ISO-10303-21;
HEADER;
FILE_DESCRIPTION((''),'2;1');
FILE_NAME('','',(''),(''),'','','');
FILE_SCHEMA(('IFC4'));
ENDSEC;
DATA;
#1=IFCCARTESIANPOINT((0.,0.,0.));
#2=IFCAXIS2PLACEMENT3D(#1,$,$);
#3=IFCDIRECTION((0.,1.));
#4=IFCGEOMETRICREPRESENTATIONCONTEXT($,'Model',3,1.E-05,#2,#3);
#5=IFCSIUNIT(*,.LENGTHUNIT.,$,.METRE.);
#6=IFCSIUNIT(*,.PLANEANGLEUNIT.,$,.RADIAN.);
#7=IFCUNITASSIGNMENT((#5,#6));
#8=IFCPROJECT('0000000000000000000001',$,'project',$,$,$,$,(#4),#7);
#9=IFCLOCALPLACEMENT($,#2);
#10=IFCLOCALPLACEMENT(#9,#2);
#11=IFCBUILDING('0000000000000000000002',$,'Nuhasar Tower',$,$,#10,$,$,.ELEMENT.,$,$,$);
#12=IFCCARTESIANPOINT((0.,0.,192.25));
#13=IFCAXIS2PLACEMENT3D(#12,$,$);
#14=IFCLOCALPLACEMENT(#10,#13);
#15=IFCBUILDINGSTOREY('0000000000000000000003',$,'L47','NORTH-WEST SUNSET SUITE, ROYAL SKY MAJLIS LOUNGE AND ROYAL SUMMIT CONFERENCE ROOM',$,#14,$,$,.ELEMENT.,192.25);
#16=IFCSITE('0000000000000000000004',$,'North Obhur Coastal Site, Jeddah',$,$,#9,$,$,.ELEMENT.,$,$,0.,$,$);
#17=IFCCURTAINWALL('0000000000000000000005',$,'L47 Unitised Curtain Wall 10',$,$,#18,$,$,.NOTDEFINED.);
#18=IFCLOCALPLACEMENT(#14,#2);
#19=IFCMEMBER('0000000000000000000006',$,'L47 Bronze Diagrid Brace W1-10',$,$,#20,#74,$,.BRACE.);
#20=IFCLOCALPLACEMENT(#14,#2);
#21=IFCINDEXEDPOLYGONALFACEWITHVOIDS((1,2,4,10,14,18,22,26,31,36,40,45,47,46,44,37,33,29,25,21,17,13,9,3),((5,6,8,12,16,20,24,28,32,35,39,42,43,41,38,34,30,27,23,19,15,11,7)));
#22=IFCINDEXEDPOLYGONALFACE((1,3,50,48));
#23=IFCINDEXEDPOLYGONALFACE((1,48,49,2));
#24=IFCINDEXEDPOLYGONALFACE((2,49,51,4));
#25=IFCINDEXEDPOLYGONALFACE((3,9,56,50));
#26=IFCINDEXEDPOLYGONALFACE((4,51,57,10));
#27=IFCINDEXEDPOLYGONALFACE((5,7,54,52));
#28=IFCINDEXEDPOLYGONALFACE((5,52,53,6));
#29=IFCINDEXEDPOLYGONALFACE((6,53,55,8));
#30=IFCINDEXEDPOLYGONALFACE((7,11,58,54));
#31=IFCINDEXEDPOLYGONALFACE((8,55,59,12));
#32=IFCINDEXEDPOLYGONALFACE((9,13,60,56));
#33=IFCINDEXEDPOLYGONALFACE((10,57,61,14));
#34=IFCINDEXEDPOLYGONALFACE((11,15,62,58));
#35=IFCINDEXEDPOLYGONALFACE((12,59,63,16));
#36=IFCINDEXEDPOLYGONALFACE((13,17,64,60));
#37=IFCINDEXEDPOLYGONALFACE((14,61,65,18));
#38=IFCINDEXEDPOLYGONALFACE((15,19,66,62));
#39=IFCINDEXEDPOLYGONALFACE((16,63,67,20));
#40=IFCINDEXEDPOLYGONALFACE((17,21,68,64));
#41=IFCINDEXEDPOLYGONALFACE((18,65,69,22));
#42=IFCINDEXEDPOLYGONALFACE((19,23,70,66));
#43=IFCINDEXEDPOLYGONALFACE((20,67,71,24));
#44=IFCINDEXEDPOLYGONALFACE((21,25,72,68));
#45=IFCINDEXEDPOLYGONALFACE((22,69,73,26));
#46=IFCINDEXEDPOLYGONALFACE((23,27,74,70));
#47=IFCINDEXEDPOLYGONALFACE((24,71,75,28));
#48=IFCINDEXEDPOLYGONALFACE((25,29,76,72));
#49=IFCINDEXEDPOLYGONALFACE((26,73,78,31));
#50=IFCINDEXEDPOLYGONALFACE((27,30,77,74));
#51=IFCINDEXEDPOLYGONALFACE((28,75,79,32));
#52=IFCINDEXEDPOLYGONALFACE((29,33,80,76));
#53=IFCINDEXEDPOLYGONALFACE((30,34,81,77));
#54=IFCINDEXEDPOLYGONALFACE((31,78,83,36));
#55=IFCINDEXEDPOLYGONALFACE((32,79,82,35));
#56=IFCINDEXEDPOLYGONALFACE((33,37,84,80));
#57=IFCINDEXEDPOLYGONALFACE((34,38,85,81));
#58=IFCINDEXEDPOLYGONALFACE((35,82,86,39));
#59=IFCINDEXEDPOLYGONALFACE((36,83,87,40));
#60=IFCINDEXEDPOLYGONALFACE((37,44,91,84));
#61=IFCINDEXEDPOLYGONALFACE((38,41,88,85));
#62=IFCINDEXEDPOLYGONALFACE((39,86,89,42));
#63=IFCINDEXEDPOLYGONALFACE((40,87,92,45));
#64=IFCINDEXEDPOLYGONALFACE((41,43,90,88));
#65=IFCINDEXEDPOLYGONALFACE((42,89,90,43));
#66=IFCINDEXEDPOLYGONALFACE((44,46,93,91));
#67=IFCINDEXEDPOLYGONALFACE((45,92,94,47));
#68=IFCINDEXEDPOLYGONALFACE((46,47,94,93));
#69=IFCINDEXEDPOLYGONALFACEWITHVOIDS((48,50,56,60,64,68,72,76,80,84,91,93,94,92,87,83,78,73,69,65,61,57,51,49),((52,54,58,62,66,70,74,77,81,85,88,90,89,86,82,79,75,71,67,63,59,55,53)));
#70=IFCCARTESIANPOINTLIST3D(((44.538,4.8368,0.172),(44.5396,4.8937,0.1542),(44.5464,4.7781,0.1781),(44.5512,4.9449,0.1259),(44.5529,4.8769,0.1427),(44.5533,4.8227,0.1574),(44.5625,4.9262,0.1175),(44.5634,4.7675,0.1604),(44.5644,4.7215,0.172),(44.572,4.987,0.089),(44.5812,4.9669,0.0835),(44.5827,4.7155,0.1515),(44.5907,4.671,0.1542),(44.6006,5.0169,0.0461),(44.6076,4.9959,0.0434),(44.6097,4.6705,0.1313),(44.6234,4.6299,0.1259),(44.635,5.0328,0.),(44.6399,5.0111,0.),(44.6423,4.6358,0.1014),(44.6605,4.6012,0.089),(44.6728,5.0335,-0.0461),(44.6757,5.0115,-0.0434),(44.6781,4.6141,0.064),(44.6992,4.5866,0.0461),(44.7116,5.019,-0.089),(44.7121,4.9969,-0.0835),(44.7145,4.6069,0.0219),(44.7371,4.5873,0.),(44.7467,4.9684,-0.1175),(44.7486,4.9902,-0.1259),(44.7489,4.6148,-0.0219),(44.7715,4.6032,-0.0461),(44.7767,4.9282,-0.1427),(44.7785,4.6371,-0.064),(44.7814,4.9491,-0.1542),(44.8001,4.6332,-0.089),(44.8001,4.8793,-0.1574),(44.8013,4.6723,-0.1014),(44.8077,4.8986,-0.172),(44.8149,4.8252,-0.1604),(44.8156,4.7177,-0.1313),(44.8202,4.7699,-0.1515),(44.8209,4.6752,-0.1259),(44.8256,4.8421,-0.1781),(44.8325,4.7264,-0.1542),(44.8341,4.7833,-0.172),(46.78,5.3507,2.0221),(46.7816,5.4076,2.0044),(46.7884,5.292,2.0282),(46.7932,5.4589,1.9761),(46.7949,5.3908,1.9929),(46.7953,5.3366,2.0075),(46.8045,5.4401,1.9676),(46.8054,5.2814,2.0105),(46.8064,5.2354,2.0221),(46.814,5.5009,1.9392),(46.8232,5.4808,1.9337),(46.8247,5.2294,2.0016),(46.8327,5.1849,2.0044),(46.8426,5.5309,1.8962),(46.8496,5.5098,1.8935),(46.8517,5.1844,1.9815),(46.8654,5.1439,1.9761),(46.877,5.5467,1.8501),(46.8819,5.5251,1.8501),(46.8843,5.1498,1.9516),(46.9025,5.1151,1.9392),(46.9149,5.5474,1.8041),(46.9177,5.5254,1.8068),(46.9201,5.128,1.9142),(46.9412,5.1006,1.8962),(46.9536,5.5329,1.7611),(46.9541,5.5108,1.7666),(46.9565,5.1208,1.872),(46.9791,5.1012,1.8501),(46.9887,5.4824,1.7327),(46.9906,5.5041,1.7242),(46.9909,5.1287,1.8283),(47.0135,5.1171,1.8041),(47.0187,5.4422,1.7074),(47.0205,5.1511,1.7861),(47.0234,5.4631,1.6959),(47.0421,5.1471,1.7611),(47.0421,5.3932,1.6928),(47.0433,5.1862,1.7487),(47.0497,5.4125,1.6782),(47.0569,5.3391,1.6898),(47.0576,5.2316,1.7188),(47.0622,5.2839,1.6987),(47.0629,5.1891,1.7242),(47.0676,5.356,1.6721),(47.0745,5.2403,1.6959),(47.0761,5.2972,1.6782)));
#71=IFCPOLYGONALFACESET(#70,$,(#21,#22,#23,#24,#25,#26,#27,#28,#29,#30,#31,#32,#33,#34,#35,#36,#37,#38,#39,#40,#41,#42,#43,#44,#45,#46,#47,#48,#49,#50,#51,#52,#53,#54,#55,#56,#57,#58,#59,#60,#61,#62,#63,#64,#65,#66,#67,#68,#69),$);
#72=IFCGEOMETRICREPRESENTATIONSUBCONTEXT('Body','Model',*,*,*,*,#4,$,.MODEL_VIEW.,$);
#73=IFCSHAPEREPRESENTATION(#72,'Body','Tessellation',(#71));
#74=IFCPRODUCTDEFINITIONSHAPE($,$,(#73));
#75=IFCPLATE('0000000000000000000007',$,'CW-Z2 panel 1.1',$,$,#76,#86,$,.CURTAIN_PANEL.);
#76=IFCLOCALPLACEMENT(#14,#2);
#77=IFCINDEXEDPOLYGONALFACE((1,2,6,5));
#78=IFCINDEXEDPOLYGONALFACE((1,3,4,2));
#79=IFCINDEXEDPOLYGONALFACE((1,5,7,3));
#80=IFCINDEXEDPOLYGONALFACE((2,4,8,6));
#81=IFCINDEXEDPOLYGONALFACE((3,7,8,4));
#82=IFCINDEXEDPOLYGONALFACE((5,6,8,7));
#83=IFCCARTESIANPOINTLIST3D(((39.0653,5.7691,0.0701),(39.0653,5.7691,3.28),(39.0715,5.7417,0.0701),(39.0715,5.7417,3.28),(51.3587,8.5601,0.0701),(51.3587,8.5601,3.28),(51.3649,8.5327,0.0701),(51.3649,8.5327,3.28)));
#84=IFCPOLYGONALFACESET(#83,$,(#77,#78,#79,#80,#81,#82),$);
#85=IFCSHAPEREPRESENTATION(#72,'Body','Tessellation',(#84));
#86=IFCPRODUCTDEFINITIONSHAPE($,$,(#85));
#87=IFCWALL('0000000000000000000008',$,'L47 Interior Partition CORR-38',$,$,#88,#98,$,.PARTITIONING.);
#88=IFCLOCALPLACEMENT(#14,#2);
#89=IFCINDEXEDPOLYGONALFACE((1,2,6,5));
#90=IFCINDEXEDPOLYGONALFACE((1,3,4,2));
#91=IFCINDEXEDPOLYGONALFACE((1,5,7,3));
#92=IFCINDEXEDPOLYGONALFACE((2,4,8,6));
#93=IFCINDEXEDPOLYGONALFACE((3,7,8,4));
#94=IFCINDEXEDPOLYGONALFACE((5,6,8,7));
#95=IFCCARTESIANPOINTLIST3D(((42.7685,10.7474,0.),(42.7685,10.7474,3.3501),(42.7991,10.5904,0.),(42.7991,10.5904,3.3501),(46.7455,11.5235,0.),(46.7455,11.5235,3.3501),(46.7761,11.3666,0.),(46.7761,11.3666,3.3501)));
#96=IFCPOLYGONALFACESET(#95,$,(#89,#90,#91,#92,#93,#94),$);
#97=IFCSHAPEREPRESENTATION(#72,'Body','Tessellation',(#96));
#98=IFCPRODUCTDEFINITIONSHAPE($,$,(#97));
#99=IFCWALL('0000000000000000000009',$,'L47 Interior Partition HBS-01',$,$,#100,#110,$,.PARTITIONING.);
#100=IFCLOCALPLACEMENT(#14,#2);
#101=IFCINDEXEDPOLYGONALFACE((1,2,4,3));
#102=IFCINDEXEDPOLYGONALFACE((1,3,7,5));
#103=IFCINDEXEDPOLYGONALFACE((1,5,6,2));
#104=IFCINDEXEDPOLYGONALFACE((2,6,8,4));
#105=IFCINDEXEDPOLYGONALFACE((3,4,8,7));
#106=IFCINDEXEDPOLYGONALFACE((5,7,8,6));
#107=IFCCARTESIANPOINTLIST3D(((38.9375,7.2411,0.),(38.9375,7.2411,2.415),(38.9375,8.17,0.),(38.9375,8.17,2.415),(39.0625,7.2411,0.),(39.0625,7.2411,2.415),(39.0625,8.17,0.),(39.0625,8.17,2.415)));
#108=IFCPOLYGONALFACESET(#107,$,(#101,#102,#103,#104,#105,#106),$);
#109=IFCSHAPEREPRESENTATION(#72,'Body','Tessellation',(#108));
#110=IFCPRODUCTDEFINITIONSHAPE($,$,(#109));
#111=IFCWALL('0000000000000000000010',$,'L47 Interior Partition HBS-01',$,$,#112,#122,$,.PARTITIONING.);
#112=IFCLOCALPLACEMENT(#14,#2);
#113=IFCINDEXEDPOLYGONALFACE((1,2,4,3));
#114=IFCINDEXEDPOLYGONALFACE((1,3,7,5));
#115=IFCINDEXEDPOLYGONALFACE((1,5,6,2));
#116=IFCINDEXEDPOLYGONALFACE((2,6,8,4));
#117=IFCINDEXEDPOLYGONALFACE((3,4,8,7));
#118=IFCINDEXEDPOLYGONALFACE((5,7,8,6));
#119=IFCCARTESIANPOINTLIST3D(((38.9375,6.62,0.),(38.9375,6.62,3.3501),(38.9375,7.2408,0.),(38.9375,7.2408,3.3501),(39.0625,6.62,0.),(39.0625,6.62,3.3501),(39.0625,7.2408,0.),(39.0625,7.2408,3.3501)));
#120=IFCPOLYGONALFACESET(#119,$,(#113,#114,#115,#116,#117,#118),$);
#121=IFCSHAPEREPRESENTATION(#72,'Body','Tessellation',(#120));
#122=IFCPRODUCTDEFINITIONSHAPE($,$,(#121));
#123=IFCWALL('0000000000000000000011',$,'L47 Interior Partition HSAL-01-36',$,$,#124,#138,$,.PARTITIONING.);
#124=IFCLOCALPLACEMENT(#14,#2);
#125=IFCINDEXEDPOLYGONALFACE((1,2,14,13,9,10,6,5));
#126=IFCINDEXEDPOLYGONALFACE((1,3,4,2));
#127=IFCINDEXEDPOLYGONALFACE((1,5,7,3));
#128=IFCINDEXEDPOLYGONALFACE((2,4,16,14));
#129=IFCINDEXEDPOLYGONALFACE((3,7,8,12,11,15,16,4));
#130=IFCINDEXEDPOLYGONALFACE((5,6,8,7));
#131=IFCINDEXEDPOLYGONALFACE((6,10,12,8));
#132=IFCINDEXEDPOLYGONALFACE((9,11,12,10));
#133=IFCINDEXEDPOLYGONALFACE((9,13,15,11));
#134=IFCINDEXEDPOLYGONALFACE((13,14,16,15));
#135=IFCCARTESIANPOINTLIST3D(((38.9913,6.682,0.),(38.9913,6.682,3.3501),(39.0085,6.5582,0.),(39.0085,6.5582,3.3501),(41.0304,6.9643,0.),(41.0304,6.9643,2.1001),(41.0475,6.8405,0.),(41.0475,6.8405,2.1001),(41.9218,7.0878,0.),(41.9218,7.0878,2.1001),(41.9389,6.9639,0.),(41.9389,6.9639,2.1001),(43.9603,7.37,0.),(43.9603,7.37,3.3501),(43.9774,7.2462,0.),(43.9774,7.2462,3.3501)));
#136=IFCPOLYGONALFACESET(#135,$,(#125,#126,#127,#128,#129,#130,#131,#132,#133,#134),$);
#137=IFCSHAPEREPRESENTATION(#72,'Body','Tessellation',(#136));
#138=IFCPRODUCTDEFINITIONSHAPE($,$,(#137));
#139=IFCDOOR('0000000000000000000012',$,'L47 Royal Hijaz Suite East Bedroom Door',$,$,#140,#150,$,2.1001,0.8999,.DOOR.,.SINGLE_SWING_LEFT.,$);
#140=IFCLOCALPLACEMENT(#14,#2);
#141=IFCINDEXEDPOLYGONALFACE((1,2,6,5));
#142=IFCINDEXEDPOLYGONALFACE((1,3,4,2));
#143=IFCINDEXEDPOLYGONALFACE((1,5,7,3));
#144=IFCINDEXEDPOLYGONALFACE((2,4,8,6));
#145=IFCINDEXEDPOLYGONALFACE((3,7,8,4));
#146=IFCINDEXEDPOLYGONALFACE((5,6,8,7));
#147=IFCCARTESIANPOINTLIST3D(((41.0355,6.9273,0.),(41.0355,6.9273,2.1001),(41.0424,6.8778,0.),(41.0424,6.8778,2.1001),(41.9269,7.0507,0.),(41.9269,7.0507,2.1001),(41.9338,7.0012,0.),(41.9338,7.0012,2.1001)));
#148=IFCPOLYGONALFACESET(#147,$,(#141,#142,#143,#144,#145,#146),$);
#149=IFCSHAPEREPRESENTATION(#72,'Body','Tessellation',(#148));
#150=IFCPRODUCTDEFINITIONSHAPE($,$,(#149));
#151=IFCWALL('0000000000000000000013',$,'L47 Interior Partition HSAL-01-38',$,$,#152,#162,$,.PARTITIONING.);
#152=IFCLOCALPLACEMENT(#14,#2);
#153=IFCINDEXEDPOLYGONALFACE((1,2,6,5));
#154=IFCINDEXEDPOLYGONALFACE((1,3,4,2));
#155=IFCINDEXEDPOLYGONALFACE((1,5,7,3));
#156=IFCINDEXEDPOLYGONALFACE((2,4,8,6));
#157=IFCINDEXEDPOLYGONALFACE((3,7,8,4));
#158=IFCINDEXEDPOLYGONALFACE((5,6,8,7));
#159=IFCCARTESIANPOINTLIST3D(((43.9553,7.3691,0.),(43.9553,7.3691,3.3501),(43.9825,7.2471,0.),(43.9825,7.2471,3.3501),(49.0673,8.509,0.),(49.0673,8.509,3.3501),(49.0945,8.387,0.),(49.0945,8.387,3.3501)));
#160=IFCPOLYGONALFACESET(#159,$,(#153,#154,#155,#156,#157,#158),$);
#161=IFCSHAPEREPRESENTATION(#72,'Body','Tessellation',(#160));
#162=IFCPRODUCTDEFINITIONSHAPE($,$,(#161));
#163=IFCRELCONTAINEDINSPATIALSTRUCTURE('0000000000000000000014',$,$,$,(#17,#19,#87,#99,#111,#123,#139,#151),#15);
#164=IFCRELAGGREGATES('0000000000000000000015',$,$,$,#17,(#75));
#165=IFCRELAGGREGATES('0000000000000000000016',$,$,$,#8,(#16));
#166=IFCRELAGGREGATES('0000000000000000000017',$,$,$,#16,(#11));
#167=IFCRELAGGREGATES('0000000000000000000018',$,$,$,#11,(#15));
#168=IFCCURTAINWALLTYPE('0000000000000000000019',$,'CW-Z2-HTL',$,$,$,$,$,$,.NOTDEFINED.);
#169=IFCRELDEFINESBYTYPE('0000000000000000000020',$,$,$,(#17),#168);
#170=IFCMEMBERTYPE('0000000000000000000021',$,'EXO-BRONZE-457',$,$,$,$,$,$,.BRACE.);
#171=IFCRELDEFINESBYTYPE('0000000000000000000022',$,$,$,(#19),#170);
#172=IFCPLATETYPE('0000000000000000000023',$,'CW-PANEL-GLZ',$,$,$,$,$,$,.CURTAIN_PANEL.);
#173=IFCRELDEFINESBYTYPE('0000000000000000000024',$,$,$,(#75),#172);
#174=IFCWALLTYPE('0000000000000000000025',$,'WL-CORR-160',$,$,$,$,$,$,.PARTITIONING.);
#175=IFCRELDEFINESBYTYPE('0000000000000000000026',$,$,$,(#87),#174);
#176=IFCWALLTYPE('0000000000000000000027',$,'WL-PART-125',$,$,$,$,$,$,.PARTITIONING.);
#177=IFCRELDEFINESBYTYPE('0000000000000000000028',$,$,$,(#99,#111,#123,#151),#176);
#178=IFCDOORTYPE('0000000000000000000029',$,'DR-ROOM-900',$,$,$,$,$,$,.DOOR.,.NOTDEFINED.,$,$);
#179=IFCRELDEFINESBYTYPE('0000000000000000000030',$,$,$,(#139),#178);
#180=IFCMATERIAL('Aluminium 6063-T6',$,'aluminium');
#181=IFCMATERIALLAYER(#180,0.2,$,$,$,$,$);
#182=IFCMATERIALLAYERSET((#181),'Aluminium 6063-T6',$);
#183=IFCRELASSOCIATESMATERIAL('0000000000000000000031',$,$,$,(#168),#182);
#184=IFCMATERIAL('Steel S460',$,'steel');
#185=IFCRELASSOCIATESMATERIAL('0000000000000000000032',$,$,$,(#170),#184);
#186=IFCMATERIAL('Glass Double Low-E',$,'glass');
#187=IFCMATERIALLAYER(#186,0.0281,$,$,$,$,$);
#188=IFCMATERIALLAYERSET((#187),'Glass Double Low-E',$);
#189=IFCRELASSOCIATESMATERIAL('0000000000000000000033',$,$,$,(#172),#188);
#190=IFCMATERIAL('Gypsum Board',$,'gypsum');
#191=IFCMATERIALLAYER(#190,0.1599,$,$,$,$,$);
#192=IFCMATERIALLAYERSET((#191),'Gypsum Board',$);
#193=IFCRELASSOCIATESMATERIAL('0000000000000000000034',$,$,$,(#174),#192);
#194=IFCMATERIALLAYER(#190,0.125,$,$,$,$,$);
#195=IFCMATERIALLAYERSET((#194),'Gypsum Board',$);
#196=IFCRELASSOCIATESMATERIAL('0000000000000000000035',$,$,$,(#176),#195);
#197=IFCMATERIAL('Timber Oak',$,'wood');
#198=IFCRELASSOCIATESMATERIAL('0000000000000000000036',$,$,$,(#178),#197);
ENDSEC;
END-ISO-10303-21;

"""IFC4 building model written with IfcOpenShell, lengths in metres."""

from ifc_helpers import new_model, si_unit, direction, frame, frame_2d, origin, origin_2d, place, context, subcontext, project, spatial, rectangle, hollow_circle, extrude, material, layer, layer_set, material_profile, profile_set, type_object, element, fill, aggregate, save


model = new_model("IFC4")

# Units and contexts
model_context = context("Model", 3, precision=1e-05, world=origin(), true_north=direction((0.0, 1.0)))
body_context = subcontext(model_context, "Body", "Model", "MODEL_VIEW")
ifc_project = project(units=[si_unit("LENGTHUNIT", "METRE"), si_unit("PLANEANGLEUNIT", "RADIAN")], contexts=[model_context])

# Site, building, storey
site_placement = place(None, origin())
site = spatial("IfcSite", under=ifc_project, at=site_placement, Name="North Obhur Coastal Site, Jeddah", CompositionType="ELEMENT", RefElevation=0.0)
building_placement = place(site_placement, origin())
building = spatial("IfcBuilding", under=site, at=building_placement, Name="Nuhasar Tower", CompositionType="ELEMENT")
storey_placement = place(building_placement, frame((0.0, 0.0, 192.25)))
storey = spatial("IfcBuildingStorey", under=building, at=storey_placement, Name="L47", Description="NORTH-WEST SUNSET SUITE, ROYAL SKY MAJLIS LOUNGE AND ROYAL SUMMIT CONFERENCE ROOM", CompositionType="ELEMENT", Elevation=192.25)

# Shared definitions
ifc_material_1 = material(Name="Aluminium 6063-T6", Category="aluminium")
ifc_layer_1 = layer(ifc_material_1, 0.2)
ifc_layer_set_1 = layer_set([ifc_layer_1], Name="Aluminium 6063-T6")
curtain_wall_type = type_object("IfcCurtainWallType", Name="CW-Z2-HTL", PredefinedType="NOTDEFINED", material=ifc_layer_set_1)

# Curtain wall
curtain_wall_1_placement = place(storey_placement, origin())
curtain_wall_1 = element("IfcCurtainWall", 1, at=curtain_wall_1_placement, inside=storey, type_object=curtain_wall_type, Name="L47 Unitised Curtain Wall 10", PredefinedType="NOTDEFINED")

# Member
ifc_material_2 = material(Name="Steel S460", Category="steel")
ifc_material_profile_1 = material_profile(ifc_material_2, hollow_circle(Radius=0.2285, WallThickness=0.0222, at=origin_2d()), Name="HSS457X22.2")
ifc_profile_set_1 = profile_set([ifc_material_profile_1], Name="Steel S460")
member_type_1 = type_object("IfcMemberType", Name="EXO-BRONZE-457", PredefinedType="BRACE", material=ifc_profile_set_1)
member_1_placement = place(storey_placement, frame((44.686, 4.8101, 0.0), z_axis=(0.75951, 0.174101, 0.626764), x_axis=(-0.223433, 0.974719, 0.0)))
element("IfcMember", 2, at=member_1_placement, inside=storey, type_object=member_type_1, Name="L47 Bronze Diagrid Brace W1-10", PredefinedType="BRACE", context=body_context, shape_type="SweptSolid", body=[
    extrude(hollow_circle(Radius=0.2285, WallThickness=0.0222, at=origin_2d()), origin(), (0.0, 0.0, 1.0), 2.9519),
])

# Plate
ifc_material_3 = material(Name="Glass Double Low-E", Category="glass")
ifc_layer_2 = layer(ifc_material_3, 0.0281)
ifc_layer_set_2 = layer_set([ifc_layer_2], Name="Glass Double Low-E")
plate_type = type_object("IfcPlateType", Name="CW-PANEL-GLZ", PredefinedType="CURTAIN_PANEL", material=ifc_layer_set_2)
plate_placement = place(storey_placement, frame((45.2151, 7.1509, 0.0701), z_axis=(0.0, 0.0, 1.0), x_axis=(0.975184, 0.221397, 0.0)))
plate = element("IfcPlate", 3, at=plate_placement, type_object=plate_type, Name="CW-Z2 panel 1.1", PredefinedType="CURTAIN_PANEL", context=body_context, shape_type="SweptSolid", body=[
    extrude(rectangle(XDim=12.6062, YDim=0.0281, at=origin_2d()), origin(), (0.0, 0.0, 1.0), 3.21),
])
aggregate(curtain_wall_1, [plate])

# Shared definitions
ifc_material_4 = material(Name="Gypsum Board", Category="gypsum")
ifc_layer_3 = layer(ifc_material_4, 0.1599)
ifc_layer_set_3 = layer_set([ifc_layer_3], Name="Gypsum Board")
wall_type_1 = type_object("IfcWallType", Name="WL-CORR-160", PredefinedType="PARTITIONING", material=ifc_layer_set_3)
ifc_material_5 = material(Name="Timber Oak", Category="wood")

# Wall
wall_1_placement = place(storey_placement, frame((42.7839, 10.6689, 0.0), z_axis=(0.0, 0.0, 1.0), x_axis=(0.981485, 0.191537, 0.0)))
element("IfcWall", 4, at=wall_1_placement, inside=storey, type_object=wall_type_1, Name="L47 Interior Partition CORR-38", PredefinedType="PARTITIONING", context=body_context, shape_type="SweptSolid", body=[
    extrude(rectangle(XDim=4.052, YDim=0.1599, at=frame_2d((2.0259, 0.0))), origin(), (0.0, 0.0, 1.0), 3.3501),
])

# Walls
ifc_layer_4 = layer(ifc_material_4, 0.125)
ifc_layer_set_4 = layer_set([ifc_layer_4], Name="Gypsum Board")
wall_type_2 = type_object("IfcWallType", Name="WL-PART-125", PredefinedType="PARTITIONING", material=ifc_layer_set_4)
wall_2_placement = place(storey_placement, frame((39.0, 8.1699, 0.0), z_axis=(0.0, 0.0, 1.0), x_axis=(0.0, -1.0, 0.0)))
element("IfcWall", 5, at=wall_2_placement, inside=storey, type_object=wall_type_2, Name="L47 Interior Partition HBS-01", PredefinedType="PARTITIONING", context=body_context, shape_type="SweptSolid", body=[
    extrude(rectangle(XDim=0.929, YDim=0.125, at=frame_2d((0.4644, 0.0))), origin(), (0.0, 0.0, 1.0), 2.415),
])
wall_3_placement = place(storey_placement, frame((39.0, 7.241, 0.0), z_axis=(0.0, 0.0, 1.0), x_axis=(0.0, -1.0, 0.0)))
element("IfcWall", 6, at=wall_3_placement, inside=storey, type_object=wall_type_2, Name="L47 Interior Partition HBS-01", PredefinedType="PARTITIONING", context=body_context, shape_type="SweptSolid", body=[
    extrude(rectangle(XDim=0.6208, YDim=0.125, at=frame_2d((0.3105, 0.0))), origin(), (0.0, 0.0, 1.0), 3.3501),
])

# Wall, opening, door
wall_4_placement = place(storey_placement, frame((43.969, 7.3081, 0.0), z_axis=(0.0, 0.0, 1.0), x_axis=(-0.990551, -0.137148, 0.0)))
wall_4 = element("IfcWall", 7, at=wall_4_placement, inside=storey, type_object=wall_type_2, Name="L47 Interior Partition HSAL-01-36", PredefinedType="PARTITIONING", context=body_context, shape_type="SweptSolid", body=[
    extrude(rectangle(XDim=5.0164, YDim=0.125, at=frame_2d((2.5083, 0.0))), origin(), (0.0, 0.0, 1.0), 3.3501),
])
opening_1_placement = place(wall_4_placement, frame((2.0581, 0.0, 0.0)))
opening_1 = element("IfcOpeningElement", 8, at=opening_1_placement, cuts=wall_4, PredefinedType="OPENING", context=body_context, shape_type="SweptSolid", body=[
    extrude(rectangle(XDim=0.8999, YDim=2.1001, at=frame_2d((0.45, 1.05))), frame((0.0, 0.0725, 0.0), z_axis=(0.0, -1.0, 0.0), x_axis=(1.0, 0.0, 0.0)), (0.0, 0.0, 1.0), 0.145),
])
door_type_1 = type_object("IfcDoorType", Name="DR-ROOM-900", OperationType="NOTDEFINED", PredefinedType="DOOR", material=ifc_material_5)
door_1_placement = place(opening_1_placement, origin())
door_1 = element("IfcDoor", 9, at=door_1_placement, inside=storey, type_object=door_type_1, Name="L47 Royal Hijaz Suite East Bedroom Door", OperationType="SINGLE_SWING_LEFT", OverallHeight=2.1001, OverallWidth=0.8999, PredefinedType="DOOR", context=body_context, shape_type="SweptSolid", body=[
    extrude(rectangle(XDim=0.8999, YDim=2.1001, at=frame_2d((0.45, 1.05))), frame((0.0, 0.0249, 0.0), z_axis=(0.0, -1.0, 0.0), x_axis=(1.0, 0.0, 0.0)), (0.0, 0.0, 1.0), 0.05),
])
fill(opening_1, door_1)

# Wall
wall_5_placement = place(storey_placement, frame((43.969, 7.3081, 0.0), z_axis=(0.0, 0.0, 1.0), x_axis=(0.97603, 0.217636, 0.0)))
element("IfcWall", 10, at=wall_5_placement, inside=storey, type_object=wall_type_2, Name="L47 Interior Partition HSAL-01-38", PredefinedType="PARTITIONING", context=body_context, shape_type="SweptSolid", body=[
    extrude(rectangle(XDim=5.2375, YDim=0.125, at=frame_2d((2.6187, 0.0))), origin(), (0.0, 0.0, 1.0), 3.3501),
])

save(model, "model.ifc")
